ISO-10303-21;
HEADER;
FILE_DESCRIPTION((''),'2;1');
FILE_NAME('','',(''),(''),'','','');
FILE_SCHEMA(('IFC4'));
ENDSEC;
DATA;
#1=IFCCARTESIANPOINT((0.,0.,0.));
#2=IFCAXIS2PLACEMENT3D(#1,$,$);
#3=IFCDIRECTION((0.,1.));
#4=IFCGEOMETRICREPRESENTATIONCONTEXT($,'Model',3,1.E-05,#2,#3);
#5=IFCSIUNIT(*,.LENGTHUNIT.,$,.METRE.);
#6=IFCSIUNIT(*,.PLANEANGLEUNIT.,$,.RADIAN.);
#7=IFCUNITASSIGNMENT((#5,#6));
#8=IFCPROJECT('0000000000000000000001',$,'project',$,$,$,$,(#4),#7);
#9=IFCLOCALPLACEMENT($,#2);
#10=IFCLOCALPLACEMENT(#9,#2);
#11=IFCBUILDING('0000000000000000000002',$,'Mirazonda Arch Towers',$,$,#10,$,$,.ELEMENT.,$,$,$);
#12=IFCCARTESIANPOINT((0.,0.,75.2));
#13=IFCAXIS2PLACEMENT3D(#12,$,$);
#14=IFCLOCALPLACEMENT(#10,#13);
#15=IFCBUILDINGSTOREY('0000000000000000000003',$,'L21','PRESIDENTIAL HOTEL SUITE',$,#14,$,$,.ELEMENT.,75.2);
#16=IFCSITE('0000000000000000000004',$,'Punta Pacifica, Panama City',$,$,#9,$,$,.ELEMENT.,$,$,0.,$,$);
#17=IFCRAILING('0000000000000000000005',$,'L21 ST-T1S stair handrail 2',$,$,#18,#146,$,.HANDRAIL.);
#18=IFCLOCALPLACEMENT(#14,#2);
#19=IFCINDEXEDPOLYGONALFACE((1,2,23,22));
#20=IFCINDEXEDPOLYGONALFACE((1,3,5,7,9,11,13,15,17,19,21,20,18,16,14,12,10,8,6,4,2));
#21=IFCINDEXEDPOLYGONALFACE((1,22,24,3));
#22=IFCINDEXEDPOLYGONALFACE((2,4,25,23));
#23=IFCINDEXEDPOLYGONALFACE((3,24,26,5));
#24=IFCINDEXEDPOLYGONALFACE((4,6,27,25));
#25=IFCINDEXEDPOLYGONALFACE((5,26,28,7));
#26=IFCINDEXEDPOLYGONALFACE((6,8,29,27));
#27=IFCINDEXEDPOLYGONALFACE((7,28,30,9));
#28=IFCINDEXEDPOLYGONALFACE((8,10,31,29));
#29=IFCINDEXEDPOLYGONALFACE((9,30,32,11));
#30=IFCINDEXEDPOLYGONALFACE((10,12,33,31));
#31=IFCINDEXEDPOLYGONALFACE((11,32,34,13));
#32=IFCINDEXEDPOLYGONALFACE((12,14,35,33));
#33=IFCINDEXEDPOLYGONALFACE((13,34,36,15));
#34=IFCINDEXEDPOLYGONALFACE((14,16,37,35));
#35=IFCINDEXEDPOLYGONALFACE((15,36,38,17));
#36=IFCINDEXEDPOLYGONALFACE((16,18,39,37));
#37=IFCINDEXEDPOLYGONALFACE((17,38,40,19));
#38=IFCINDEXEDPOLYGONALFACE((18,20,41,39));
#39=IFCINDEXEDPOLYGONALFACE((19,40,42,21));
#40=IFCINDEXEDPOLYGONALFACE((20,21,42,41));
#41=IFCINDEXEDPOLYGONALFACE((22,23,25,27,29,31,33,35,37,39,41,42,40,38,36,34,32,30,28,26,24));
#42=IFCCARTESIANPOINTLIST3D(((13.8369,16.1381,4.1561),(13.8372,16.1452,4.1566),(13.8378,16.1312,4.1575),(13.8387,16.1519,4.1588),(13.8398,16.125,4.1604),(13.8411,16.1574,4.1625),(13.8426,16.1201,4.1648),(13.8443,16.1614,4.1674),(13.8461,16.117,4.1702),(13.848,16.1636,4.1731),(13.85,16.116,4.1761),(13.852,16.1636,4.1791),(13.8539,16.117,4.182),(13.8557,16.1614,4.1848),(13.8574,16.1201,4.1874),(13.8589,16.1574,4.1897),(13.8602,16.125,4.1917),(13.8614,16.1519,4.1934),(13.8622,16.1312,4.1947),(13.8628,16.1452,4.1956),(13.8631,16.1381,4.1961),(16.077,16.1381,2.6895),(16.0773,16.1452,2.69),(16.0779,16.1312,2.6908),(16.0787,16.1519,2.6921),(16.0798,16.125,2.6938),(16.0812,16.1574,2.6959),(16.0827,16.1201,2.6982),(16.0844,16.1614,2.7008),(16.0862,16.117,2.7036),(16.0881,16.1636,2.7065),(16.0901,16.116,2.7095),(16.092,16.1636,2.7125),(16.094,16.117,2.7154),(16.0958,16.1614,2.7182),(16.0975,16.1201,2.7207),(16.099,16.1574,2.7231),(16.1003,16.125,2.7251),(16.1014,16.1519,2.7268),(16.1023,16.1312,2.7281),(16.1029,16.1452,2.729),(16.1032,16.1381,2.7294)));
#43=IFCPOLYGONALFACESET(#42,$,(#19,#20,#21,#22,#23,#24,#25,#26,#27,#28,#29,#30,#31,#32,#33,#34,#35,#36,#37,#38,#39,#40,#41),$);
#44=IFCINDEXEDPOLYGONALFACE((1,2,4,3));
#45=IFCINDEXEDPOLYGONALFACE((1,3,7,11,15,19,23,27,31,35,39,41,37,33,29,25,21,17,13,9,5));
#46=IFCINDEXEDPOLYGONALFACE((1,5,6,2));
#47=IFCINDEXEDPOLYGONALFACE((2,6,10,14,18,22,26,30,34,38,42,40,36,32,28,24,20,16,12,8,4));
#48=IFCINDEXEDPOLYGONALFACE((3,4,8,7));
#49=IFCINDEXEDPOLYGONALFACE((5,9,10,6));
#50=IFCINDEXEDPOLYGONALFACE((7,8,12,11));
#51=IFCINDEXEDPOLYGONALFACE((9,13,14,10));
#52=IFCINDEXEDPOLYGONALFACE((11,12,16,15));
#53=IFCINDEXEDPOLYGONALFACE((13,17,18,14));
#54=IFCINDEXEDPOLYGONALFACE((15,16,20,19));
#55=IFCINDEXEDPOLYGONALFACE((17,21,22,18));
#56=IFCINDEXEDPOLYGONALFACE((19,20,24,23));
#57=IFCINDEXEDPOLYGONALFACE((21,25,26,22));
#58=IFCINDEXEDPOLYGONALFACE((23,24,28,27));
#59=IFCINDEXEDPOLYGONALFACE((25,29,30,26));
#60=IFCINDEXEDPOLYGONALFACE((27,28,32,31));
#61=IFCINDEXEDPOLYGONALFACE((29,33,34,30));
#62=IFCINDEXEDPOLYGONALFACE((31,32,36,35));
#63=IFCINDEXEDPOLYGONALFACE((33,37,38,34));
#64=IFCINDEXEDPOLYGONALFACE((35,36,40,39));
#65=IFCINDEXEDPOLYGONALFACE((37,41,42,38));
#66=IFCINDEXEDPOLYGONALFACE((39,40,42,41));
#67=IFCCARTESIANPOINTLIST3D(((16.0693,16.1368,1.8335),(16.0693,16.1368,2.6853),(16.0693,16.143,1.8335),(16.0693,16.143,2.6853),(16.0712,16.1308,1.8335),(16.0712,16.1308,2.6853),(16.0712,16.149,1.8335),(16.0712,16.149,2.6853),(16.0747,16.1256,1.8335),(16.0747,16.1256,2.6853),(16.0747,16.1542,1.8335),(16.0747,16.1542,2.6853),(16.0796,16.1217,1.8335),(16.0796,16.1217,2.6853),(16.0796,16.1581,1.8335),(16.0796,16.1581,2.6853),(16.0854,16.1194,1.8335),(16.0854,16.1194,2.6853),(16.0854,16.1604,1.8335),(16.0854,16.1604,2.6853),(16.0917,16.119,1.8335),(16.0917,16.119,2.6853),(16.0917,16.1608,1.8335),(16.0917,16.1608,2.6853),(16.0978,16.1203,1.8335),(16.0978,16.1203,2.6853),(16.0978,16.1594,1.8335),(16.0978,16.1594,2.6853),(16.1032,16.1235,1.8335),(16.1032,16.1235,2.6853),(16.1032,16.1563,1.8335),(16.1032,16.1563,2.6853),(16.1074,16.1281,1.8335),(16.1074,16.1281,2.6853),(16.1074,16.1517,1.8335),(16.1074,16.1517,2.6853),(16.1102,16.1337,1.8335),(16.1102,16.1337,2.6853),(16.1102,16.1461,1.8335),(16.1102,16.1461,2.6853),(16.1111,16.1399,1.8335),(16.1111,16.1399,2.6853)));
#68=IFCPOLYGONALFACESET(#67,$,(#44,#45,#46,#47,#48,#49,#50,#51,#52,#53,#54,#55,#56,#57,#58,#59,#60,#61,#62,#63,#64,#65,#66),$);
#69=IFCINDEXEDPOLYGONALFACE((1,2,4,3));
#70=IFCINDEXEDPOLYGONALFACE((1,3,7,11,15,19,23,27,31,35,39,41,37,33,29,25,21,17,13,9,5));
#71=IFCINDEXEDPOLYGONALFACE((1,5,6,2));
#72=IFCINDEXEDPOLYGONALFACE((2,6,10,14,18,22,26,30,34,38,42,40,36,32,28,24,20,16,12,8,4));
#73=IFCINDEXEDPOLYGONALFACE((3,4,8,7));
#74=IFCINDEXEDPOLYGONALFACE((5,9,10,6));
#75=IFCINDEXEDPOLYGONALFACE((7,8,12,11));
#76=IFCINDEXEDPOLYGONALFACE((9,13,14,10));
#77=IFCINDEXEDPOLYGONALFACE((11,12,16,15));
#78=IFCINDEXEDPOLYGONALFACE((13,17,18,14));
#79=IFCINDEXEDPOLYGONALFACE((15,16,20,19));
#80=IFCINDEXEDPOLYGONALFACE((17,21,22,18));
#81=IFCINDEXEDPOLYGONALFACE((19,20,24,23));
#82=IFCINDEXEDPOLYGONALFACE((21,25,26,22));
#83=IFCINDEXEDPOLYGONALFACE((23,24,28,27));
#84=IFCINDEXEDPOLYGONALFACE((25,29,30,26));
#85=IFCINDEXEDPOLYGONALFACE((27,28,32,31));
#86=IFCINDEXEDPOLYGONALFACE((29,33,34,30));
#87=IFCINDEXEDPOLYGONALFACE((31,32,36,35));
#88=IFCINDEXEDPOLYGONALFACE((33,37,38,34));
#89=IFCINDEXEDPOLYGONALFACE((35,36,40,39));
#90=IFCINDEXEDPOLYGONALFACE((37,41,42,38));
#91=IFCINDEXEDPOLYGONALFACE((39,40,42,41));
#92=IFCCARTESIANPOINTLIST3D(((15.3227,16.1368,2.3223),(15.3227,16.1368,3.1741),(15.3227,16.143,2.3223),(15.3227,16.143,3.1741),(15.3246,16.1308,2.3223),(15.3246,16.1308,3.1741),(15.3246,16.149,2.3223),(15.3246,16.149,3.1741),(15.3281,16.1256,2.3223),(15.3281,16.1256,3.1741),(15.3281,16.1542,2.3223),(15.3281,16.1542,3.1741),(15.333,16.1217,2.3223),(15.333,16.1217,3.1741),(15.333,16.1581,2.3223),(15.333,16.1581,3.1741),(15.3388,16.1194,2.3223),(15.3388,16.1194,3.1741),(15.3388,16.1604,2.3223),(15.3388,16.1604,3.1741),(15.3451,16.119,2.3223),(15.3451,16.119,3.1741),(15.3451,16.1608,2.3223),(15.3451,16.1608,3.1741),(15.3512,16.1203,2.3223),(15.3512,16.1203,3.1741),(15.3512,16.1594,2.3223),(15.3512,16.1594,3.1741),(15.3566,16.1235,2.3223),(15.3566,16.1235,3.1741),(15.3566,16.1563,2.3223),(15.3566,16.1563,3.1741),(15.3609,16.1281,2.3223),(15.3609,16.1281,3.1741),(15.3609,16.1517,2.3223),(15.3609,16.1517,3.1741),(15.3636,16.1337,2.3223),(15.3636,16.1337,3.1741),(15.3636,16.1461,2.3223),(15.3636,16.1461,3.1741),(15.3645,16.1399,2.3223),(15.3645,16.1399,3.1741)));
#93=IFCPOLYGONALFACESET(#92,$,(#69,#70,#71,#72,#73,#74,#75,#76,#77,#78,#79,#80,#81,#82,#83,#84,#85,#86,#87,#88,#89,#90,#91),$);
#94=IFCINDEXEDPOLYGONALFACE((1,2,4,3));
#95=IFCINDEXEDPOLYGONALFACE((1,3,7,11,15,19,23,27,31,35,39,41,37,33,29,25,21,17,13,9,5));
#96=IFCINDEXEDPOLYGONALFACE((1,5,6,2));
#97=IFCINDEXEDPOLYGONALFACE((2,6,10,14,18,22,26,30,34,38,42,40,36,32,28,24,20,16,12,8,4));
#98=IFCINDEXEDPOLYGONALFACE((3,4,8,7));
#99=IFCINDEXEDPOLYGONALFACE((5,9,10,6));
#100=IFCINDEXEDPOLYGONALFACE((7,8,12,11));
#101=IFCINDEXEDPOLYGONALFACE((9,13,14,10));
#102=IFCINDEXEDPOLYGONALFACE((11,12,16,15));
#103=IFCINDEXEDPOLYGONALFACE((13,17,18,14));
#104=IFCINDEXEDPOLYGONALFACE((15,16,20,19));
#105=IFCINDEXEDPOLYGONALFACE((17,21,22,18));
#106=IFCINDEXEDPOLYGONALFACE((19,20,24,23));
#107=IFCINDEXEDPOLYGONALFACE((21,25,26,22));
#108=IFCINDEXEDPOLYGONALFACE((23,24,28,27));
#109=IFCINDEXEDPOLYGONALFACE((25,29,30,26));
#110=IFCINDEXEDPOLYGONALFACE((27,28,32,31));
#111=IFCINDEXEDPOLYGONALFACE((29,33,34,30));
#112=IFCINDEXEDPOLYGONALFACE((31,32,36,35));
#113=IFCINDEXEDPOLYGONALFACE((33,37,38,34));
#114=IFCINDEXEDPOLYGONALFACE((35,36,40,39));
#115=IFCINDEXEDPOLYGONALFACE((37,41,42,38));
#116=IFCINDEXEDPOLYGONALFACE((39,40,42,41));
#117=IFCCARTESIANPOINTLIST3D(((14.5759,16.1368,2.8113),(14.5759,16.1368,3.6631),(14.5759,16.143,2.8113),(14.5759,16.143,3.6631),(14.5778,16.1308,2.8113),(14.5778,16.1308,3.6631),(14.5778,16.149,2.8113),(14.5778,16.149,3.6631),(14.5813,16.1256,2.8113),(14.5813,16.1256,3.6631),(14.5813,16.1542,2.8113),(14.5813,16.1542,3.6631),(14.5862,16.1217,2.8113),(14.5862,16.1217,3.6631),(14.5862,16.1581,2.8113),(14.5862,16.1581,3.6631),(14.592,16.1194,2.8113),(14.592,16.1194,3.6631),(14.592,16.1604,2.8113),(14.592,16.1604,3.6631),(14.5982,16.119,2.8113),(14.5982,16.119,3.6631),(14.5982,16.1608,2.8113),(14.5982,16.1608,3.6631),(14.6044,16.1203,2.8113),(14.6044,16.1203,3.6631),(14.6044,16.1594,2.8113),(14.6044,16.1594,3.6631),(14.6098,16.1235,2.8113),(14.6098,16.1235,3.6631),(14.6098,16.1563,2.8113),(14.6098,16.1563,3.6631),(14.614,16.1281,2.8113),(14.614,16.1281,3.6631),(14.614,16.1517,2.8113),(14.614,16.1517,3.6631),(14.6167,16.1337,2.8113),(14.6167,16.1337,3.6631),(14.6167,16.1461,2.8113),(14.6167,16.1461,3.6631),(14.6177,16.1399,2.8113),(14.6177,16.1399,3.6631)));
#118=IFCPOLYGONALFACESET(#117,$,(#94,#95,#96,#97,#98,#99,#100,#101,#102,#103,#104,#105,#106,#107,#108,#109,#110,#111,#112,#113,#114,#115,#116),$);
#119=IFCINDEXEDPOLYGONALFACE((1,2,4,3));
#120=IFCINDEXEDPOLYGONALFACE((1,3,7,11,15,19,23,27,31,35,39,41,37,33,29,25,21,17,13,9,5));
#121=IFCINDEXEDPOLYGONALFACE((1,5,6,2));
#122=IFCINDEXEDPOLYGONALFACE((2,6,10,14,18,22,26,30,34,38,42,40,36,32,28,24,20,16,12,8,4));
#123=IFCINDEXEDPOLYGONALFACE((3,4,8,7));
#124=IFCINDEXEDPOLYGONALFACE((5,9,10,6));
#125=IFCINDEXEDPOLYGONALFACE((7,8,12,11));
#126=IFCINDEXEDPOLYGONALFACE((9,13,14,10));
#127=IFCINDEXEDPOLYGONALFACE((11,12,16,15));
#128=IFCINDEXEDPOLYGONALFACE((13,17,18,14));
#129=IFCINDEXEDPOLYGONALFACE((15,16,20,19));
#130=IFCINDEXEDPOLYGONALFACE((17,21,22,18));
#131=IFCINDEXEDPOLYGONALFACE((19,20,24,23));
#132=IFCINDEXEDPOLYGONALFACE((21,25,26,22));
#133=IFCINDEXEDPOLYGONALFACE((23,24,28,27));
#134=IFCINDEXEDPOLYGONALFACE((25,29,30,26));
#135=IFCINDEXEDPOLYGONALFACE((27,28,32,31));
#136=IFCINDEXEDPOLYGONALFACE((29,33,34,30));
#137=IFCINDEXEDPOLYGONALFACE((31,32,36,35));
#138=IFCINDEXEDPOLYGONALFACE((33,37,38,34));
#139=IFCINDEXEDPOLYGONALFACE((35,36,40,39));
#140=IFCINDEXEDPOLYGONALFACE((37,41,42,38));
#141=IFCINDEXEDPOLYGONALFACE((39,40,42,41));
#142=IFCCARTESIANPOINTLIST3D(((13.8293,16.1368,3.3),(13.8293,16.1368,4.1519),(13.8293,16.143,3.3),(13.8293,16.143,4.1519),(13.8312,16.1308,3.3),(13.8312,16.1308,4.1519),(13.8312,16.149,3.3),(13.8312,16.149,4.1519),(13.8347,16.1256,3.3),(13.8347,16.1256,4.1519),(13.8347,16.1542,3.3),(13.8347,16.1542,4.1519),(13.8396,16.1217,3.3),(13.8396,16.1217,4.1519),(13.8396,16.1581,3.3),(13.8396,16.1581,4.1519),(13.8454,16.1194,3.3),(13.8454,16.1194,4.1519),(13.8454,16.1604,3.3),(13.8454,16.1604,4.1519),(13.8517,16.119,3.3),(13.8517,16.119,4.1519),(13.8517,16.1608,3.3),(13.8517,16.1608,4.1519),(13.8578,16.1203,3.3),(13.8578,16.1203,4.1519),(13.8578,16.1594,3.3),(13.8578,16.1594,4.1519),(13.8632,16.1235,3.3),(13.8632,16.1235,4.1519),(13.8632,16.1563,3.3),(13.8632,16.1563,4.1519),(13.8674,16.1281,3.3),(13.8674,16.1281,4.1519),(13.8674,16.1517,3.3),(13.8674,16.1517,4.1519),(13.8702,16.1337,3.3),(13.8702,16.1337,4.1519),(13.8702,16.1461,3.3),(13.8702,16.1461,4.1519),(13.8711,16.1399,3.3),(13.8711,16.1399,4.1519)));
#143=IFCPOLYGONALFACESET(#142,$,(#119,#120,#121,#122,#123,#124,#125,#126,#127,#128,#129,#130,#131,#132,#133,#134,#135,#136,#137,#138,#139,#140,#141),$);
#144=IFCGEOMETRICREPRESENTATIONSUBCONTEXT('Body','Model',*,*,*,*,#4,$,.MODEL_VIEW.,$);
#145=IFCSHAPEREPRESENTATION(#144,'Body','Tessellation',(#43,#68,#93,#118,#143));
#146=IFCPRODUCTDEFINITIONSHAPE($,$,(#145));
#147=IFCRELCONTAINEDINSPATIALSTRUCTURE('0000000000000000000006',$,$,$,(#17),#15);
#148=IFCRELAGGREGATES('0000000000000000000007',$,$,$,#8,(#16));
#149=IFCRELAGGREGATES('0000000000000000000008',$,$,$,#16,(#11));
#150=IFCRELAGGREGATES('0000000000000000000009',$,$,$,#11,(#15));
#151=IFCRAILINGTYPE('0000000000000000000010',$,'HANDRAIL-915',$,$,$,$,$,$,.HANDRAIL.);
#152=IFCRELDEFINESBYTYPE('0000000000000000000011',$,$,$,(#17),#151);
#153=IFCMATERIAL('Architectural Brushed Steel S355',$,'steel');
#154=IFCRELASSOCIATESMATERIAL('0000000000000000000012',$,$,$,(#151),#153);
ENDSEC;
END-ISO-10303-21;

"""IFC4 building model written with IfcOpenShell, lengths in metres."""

from ifc_helpers import new_model, si_unit, direction, frame, origin, origin_2d, place, context, subcontext, project, spatial, circle, extrude, material, type_object, element, save


model = new_model("IFC4")

# Units and contexts
model_context = context("Model", 3, precision=1e-05, world=origin(), true_north=direction((0.0, 1.0)))
body_context = subcontext(model_context, "Body", "Model", "MODEL_VIEW")
ifc_project = project(units=[si_unit("LENGTHUNIT", "METRE"), si_unit("PLANEANGLEUNIT", "RADIAN")], contexts=[model_context])

# Site, building, storey
site_placement = place(None, origin())
site = spatial("IfcSite", under=ifc_project, at=site_placement, Name="Punta Pacifica, Panama City", CompositionType="ELEMENT", RefElevation=0.0)
building_placement = place(site_placement, origin())
building = spatial("IfcBuilding", under=site, at=building_placement, Name="Mirazonda Arch Towers", CompositionType="ELEMENT")
storey_placement = place(building_placement, frame((0.0, 0.0, 75.2)))
storey = spatial("IfcBuildingStorey", under=building, at=storey_placement, Name="L21", Description="PRESIDENTIAL HOTEL SUITE", CompositionType="ELEMENT", Elevation=75.2)

# Railing
ifc_material_1 = material(Name="Architectural Brushed Steel S355", Category="steel")
railing_type_1 = type_object("IfcRailingType", Name="HANDRAIL-915", PredefinedType="HANDRAIL", material=ifc_material_1)
railing_1_placement = place(storey_placement, frame((16.0901, 16.1399, 1.8335)))
element("IfcRailing", 1, at=railing_1_placement, inside=storey, type_object=railing_type_1, Name="L21 ST-T1S stair handrail 2", PredefinedType="HANDRAIL", context=body_context, shape_type="SweptSolid", body=[
    extrude(circle(Radius=0.0239, at=origin_2d()), frame((0.0, 0.0, 0.876), z_axis=(-0.836637, 0.0, 0.547758), x_axis=(0.0, -1.0, 0.0)), (0.0, 0.0, 1.0), 2.6775),
    extrude(circle(Radius=0.021, at=origin_2d()), origin(), (0.0, 0.0, 1.0), 0.8518),
    extrude(circle(Radius=0.021, at=origin_2d()), frame((-0.7466, 0.0, 0.4888)), (0.0, 0.0, 1.0), 0.8518),
    extrude(circle(Radius=0.021, at=origin_2d()), frame((-1.4934, 0.0, 0.9778)), (0.0, 0.0, 1.0), 0.8518),
    extrude(circle(Radius=0.021, at=origin_2d()), frame((-2.24, 0.0, 1.4666)), (0.0, 0.0, 1.0), 0.8518),
])

save(model, "model.ifc")
